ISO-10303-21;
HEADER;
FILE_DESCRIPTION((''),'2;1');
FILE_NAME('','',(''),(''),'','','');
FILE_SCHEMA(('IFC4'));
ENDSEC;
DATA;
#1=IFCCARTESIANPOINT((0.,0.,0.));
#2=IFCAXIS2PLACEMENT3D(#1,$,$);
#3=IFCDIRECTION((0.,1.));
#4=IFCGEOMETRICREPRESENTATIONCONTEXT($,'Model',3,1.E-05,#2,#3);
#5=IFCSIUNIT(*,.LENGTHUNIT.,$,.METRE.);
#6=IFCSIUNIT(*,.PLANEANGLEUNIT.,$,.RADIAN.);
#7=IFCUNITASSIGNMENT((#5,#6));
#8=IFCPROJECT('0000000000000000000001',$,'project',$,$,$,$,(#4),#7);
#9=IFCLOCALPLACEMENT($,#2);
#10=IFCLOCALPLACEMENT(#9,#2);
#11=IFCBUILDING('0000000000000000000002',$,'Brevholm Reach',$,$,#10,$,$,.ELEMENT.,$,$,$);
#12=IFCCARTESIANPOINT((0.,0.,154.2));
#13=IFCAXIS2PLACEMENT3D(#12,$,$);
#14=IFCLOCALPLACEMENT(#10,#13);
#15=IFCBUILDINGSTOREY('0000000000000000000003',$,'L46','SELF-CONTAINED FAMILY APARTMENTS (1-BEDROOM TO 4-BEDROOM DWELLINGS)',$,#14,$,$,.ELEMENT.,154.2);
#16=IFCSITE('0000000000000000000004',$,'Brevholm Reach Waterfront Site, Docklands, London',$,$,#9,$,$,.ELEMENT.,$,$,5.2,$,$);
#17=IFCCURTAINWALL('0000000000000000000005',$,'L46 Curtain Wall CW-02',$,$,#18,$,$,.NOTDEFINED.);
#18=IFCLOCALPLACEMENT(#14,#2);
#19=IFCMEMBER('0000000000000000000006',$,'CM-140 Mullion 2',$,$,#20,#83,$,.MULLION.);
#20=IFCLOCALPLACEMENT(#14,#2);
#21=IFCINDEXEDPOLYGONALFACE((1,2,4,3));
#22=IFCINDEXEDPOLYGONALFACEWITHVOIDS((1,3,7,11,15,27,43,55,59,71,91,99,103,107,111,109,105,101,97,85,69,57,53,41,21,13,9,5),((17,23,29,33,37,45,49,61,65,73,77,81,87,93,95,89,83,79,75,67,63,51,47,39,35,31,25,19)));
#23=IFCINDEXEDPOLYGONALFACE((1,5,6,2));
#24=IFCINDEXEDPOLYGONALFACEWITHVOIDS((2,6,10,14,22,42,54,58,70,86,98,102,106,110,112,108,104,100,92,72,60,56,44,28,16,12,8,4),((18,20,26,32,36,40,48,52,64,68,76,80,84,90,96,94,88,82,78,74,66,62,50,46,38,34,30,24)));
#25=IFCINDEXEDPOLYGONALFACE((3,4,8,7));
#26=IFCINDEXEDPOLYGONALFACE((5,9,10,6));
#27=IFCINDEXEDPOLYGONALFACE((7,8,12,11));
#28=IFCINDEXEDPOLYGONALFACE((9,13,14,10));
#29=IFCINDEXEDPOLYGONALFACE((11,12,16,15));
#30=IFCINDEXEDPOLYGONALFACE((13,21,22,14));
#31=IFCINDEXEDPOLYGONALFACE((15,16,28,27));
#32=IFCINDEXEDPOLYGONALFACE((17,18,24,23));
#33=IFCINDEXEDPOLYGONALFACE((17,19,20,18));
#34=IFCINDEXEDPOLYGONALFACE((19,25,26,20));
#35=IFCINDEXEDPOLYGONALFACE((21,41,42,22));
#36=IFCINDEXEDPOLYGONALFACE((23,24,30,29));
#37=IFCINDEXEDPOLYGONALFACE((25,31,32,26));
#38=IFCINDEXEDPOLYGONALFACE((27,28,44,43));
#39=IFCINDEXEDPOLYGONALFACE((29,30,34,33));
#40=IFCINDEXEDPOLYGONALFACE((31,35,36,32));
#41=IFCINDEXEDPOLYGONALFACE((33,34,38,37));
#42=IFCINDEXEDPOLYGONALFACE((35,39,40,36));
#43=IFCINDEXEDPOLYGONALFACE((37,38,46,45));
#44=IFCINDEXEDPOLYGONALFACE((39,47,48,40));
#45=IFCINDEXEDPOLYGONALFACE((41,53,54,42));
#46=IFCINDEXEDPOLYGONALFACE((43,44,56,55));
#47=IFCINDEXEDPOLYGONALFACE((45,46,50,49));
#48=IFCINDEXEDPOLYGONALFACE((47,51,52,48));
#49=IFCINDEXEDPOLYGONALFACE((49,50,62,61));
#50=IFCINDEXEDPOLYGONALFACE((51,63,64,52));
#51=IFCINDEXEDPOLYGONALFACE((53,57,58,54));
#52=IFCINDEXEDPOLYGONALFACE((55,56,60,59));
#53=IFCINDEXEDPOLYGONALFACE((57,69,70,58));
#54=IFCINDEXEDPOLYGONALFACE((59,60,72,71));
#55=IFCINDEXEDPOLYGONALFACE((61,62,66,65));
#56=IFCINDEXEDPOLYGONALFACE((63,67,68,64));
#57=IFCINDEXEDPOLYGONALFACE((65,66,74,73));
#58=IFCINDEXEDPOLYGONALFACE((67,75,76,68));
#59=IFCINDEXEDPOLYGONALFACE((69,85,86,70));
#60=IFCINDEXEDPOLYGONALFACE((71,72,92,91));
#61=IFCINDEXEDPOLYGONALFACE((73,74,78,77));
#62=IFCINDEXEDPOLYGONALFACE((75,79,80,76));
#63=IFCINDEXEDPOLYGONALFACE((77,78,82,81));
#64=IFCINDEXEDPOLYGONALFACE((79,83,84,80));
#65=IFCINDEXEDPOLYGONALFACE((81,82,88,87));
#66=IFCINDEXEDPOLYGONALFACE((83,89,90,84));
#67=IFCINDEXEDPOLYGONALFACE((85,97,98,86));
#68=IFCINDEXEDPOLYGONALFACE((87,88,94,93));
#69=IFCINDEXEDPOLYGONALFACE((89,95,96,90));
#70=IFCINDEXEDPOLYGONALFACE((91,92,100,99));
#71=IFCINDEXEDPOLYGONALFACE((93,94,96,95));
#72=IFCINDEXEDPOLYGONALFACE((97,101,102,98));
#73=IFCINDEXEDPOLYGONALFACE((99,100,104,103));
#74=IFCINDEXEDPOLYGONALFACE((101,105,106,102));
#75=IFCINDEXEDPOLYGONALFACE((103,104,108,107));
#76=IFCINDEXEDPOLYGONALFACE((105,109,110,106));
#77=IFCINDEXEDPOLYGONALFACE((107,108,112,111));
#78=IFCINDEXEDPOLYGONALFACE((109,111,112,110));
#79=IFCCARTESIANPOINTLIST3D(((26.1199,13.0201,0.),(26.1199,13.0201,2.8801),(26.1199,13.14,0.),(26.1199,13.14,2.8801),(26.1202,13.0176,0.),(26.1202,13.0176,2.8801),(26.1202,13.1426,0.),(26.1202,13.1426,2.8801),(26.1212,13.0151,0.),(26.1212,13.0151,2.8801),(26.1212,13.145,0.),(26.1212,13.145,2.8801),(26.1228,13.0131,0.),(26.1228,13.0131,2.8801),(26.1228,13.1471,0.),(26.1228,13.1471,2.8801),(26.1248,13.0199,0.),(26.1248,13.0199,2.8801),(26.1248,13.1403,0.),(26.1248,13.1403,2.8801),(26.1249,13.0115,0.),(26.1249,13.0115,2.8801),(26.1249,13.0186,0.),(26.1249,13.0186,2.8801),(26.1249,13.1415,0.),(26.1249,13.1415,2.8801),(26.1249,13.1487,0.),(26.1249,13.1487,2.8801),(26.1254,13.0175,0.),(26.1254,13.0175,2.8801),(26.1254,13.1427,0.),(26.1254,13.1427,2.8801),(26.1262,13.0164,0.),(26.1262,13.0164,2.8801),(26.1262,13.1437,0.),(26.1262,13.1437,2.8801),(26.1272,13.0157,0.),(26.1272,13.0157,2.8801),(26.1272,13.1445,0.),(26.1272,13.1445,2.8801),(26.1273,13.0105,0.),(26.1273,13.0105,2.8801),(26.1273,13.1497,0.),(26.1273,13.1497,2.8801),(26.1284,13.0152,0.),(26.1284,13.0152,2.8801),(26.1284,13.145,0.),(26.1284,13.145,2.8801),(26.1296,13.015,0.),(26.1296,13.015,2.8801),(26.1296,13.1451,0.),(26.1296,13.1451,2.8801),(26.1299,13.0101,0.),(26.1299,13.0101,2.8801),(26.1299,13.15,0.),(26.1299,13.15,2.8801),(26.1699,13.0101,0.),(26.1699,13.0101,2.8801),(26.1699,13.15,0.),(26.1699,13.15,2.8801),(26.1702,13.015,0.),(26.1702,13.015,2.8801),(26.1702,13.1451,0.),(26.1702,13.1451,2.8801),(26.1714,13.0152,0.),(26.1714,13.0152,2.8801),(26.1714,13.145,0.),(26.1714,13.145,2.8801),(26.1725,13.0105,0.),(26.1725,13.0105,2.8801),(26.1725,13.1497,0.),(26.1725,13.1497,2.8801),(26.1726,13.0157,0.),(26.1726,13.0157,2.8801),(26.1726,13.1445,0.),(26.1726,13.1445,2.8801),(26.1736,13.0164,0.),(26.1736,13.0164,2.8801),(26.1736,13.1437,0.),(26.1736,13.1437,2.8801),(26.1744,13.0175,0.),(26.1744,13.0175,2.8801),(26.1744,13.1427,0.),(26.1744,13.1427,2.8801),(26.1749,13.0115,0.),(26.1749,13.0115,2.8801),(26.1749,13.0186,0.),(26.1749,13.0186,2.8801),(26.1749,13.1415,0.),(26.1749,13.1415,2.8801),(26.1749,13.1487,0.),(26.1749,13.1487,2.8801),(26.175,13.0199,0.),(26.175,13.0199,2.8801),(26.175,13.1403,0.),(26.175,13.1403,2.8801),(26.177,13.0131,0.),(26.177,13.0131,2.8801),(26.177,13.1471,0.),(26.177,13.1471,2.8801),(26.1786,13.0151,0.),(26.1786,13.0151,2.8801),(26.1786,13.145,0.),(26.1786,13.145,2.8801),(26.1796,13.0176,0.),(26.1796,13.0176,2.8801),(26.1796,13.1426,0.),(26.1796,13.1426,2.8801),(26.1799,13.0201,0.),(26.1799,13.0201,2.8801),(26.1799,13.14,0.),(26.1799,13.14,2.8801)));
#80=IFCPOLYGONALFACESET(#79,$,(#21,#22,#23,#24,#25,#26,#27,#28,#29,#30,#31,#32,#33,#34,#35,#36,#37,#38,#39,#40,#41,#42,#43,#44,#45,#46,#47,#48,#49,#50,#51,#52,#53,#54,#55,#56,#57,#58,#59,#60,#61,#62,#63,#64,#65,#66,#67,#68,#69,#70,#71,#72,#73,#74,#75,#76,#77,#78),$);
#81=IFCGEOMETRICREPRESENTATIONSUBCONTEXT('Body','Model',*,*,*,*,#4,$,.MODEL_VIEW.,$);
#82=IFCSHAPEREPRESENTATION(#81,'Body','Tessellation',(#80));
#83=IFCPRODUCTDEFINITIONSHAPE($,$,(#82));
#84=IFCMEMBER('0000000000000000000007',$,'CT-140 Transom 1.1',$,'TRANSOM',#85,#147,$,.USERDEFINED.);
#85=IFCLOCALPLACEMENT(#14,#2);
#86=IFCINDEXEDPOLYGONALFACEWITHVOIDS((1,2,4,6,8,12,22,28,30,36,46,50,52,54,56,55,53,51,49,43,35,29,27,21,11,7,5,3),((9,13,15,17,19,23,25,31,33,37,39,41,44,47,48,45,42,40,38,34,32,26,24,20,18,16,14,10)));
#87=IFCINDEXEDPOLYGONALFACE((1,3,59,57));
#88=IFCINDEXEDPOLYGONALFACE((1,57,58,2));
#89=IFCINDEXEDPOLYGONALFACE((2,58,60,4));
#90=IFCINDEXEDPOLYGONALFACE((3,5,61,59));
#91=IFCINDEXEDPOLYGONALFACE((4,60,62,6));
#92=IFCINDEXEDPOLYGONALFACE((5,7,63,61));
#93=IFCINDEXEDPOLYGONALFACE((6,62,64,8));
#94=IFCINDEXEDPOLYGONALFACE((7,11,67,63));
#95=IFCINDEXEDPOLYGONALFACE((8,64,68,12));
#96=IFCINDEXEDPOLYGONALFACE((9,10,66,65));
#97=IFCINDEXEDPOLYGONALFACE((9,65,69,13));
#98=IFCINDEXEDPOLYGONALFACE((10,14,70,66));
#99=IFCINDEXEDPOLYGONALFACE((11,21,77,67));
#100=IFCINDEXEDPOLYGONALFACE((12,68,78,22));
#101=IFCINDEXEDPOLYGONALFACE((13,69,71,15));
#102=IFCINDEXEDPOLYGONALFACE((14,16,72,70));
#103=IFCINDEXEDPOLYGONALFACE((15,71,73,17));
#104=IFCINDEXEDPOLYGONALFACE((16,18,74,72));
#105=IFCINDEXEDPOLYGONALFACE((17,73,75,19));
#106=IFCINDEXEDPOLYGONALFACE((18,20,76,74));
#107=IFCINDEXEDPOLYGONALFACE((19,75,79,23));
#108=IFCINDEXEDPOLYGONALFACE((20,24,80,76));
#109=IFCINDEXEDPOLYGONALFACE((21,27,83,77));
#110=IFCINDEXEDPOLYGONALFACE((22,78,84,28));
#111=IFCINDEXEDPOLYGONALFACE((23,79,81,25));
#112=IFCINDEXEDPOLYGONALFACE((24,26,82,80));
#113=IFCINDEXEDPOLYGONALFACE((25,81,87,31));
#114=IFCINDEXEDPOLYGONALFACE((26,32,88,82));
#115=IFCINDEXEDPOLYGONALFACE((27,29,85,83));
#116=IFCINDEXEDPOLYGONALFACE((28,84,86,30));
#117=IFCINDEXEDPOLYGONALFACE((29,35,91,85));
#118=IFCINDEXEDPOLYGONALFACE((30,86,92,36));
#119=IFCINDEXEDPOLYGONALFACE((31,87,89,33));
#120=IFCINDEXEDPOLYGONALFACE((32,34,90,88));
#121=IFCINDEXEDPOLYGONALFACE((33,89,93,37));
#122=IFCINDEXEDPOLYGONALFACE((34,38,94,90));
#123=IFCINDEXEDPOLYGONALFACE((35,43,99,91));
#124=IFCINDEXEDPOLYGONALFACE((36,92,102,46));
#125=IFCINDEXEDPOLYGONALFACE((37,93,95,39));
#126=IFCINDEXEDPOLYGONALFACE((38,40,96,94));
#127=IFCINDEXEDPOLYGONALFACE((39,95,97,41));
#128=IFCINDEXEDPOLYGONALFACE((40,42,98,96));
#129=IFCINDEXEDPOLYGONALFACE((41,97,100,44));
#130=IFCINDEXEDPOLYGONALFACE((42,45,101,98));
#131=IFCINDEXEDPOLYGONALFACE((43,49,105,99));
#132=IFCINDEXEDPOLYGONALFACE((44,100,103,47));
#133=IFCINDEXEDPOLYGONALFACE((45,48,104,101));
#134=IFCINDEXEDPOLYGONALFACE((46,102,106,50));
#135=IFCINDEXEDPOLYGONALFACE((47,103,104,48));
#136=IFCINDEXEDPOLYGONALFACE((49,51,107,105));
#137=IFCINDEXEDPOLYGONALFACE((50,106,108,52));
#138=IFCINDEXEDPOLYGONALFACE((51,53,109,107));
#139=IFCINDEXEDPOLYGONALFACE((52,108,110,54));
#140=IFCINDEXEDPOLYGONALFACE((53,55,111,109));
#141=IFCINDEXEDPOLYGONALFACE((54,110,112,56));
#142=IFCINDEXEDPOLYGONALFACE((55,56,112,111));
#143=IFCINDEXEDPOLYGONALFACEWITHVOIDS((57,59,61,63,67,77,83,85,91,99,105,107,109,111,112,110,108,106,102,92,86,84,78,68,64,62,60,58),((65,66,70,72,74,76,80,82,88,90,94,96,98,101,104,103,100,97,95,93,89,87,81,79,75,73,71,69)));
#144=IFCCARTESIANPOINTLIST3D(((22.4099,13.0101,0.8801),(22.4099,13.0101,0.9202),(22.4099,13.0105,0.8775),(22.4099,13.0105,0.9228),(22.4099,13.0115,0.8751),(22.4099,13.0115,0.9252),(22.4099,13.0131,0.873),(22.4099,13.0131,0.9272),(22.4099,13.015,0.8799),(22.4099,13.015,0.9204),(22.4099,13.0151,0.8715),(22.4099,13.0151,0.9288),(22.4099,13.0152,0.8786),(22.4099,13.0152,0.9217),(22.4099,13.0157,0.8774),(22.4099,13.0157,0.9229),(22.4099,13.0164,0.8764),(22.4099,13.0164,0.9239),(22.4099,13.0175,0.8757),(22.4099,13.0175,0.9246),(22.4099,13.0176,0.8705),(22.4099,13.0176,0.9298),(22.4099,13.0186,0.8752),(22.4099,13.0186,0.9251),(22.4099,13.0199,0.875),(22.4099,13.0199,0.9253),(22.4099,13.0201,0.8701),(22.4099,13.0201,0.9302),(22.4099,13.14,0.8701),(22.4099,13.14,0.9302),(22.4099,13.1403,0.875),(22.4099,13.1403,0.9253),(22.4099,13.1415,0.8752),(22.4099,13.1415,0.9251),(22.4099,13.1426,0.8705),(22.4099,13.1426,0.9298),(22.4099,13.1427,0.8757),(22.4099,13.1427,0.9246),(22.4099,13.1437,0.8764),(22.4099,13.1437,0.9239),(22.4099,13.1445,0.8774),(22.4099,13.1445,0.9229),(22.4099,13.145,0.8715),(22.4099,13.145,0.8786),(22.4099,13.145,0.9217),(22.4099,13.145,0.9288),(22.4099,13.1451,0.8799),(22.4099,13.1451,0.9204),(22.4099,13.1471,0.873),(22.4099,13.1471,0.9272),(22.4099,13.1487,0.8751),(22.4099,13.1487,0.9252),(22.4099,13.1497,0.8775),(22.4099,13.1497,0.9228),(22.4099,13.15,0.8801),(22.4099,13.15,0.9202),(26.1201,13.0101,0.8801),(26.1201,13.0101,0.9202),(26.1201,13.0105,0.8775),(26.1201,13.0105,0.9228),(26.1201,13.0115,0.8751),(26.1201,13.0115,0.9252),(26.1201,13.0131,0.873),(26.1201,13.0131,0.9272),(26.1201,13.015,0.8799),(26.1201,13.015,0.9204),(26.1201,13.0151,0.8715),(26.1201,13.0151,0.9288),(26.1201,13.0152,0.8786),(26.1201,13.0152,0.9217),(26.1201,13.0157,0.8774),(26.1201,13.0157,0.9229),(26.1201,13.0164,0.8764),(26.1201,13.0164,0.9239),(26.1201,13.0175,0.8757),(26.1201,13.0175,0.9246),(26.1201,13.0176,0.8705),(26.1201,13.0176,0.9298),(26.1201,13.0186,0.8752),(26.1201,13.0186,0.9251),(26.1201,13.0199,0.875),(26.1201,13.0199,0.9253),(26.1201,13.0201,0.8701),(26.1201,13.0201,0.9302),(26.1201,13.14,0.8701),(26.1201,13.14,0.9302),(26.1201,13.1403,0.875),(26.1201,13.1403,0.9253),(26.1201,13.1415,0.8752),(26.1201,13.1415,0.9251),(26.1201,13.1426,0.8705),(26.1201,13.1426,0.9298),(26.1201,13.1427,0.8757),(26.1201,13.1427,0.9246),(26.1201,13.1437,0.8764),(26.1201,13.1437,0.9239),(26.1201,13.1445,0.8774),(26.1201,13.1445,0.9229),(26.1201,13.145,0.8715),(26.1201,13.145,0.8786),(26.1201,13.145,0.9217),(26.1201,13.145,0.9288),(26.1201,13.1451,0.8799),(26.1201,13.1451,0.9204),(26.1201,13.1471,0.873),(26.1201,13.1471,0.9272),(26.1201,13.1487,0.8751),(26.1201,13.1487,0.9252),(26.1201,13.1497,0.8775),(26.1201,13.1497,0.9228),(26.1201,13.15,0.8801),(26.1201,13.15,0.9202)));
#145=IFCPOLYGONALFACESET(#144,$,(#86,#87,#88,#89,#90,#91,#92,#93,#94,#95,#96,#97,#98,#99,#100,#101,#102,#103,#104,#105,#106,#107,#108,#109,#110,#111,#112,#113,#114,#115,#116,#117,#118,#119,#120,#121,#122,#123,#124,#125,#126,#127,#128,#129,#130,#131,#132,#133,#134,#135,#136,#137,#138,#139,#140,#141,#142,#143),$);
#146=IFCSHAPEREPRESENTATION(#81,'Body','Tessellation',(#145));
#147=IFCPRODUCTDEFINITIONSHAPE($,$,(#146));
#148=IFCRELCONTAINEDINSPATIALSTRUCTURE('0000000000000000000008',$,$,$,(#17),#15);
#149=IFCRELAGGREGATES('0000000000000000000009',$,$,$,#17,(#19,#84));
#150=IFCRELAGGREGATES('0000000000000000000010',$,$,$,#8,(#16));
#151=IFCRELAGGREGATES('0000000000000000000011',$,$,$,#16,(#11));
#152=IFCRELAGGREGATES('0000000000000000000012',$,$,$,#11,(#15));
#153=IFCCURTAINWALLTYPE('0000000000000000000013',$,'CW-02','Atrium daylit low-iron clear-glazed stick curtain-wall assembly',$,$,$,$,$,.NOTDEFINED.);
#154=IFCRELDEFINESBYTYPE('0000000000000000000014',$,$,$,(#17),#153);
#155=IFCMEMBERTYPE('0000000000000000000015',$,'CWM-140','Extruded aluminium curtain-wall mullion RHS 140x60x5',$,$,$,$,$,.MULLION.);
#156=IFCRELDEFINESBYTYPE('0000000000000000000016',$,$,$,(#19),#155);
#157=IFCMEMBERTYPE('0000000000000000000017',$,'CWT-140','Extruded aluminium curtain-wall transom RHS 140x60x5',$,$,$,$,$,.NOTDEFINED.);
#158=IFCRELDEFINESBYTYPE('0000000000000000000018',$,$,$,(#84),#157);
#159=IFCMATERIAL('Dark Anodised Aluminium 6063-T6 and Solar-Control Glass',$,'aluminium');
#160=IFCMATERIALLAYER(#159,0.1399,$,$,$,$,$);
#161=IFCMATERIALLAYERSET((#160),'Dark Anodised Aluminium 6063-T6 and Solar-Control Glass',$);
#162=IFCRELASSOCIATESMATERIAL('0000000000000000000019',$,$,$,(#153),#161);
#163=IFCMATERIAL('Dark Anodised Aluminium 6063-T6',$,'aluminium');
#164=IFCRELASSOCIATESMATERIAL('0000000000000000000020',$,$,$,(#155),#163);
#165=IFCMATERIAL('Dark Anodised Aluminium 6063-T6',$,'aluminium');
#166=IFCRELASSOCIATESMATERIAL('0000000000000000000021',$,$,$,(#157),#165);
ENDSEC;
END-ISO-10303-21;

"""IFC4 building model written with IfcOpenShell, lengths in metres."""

from ifc_helpers import new_model, si_unit, direction, frame, origin, origin_2d, place, context, subcontext, project, spatial, hollow_rectangle, extrude, material, layer, layer_set, material_profile, profile_set, type_object, element, aggregate, save


model = new_model("IFC4")

# Units and contexts
model_context = context("Model", 3, precision=1e-05, world=origin(), true_north=direction((0.0, 1.0)))
body_context = subcontext(model_context, "Body", "Model", "MODEL_VIEW")
ifc_project = project(units=[si_unit("LENGTHUNIT", "METRE"), si_unit("PLANEANGLEUNIT", "RADIAN")], contexts=[model_context])

# Site, building, storey
site_placement = place(None, origin())
site = spatial("IfcSite", under=ifc_project, at=site_placement, Name="Brevholm Reach Waterfront Site, Docklands, London", CompositionType="ELEMENT", RefElevation=5.2)
building_placement = place(site_placement, origin())
building = spatial("IfcBuilding", under=site, at=building_placement, Name="Brevholm Reach", CompositionType="ELEMENT")
storey_placement = place(building_placement, frame((0.0, 0.0, 154.2)))
storey = spatial("IfcBuildingStorey", under=building, at=storey_placement, Name="L46", Description="SELF-CONTAINED FAMILY APARTMENTS (1-BEDROOM TO 4-BEDROOM DWELLINGS)", CompositionType="ELEMENT", Elevation=154.2)

# Curtain wall, members
ifc_material_1 = material(Name="Dark Anodised Aluminium 6063-T6 and Solar-Control Glass", Category="aluminium")
ifc_layer_1 = layer(ifc_material_1, 0.1399)
ifc_layer_set_1 = layer_set([ifc_layer_1], Name="Dark Anodised Aluminium 6063-T6 and Solar-Control Glass")
curtain_wall_type = type_object("IfcCurtainWallType", Name="CW-02", Description="Atrium daylit low-iron clear-glazed stick curtain-wall assembly", PredefinedType="NOTDEFINED", material=ifc_layer_set_1)
curtain_wall_placement = place(storey_placement, origin())
curtain_wall = element("IfcCurtainWall", 1, at=curtain_wall_placement, inside=storey, type_object=curtain_wall_type, Name="L46 Curtain Wall CW-02", PredefinedType="NOTDEFINED")
ifc_material_2 = material(Name="Dark Anodised Aluminium 6063-T6", Category="aluminium")
ifc_material_profile_1 = material_profile(ifc_material_2, hollow_rectangle(XDim=0.0601, YDim=0.1399, WallThickness=0.0049, InnerFilletRadius=0.0049, OuterFilletRadius=0.01, at=origin_2d()), Name="RHS 140x60x5")
ifc_profile_set_1 = profile_set([ifc_material_profile_1], Name="Dark Anodised Aluminium 6063-T6")
member_type_1 = type_object("IfcMemberType", Name="CWM-140", Description="Extruded aluminium curtain-wall mullion RHS 140x60x5", PredefinedType="MULLION", material=ifc_profile_set_1)
member_1_placement = place(storey_placement, frame((26.1499, 13.0801, 0.0), z_axis=(0.0, 0.0, 1.0), x_axis=(1.0, 0.0, 0.0)))
member_1 = element("IfcMember", 2, at=member_1_placement, type_object=member_type_1, Name="CM-140 Mullion 2", PredefinedType="MULLION", context=body_context, shape_type="SweptSolid", body=[
    extrude(hollow_rectangle(XDim=0.0601, YDim=0.1399, WallThickness=0.0049, InnerFilletRadius=0.0049, OuterFilletRadius=0.01, at=origin_2d()), origin(), (0.0, 0.0, 1.0), 2.8801),
])
ifc_material_3 = material(Name="Dark Anodised Aluminium 6063-T6", Category="aluminium")
ifc_material_profile_2 = material_profile(ifc_material_3, hollow_rectangle(XDim=0.0601, YDim=0.1399, WallThickness=0.0049, InnerFilletRadius=0.0049, OuterFilletRadius=0.01, at=origin_2d()), Name="RHS 140x60x5")
ifc_profile_set_2 = profile_set([ifc_material_profile_2], Name="Dark Anodised Aluminium 6063-T6")
member_type_2 = type_object("IfcMemberType", Name="CWT-140", Description="Extruded aluminium curtain-wall transom RHS 140x60x5", PredefinedType="NOTDEFINED", material=ifc_profile_set_2)
member_2_placement = place(storey_placement, frame((22.4099, 13.0801, 0.9001), z_axis=(1.0, 0.0, 0.0), x_axis=(0.0, 0.0, 1.0)))
member_2 = element("IfcMember", 3, at=member_2_placement, type_object=member_type_2, Name="CT-140 Transom 1.1", ObjectType="TRANSOM", PredefinedType="USERDEFINED", context=body_context, shape_type="SweptSolid", body=[
    extrude(hollow_rectangle(XDim=0.0601, YDim=0.1399, WallThickness=0.0049, InnerFilletRadius=0.0049, OuterFilletRadius=0.01, at=origin_2d()), origin(), (0.0, 0.0, 1.0), 3.7102),
])
aggregate(curtain_wall, [member_1, member_2])

save(model, "model.ifc")
